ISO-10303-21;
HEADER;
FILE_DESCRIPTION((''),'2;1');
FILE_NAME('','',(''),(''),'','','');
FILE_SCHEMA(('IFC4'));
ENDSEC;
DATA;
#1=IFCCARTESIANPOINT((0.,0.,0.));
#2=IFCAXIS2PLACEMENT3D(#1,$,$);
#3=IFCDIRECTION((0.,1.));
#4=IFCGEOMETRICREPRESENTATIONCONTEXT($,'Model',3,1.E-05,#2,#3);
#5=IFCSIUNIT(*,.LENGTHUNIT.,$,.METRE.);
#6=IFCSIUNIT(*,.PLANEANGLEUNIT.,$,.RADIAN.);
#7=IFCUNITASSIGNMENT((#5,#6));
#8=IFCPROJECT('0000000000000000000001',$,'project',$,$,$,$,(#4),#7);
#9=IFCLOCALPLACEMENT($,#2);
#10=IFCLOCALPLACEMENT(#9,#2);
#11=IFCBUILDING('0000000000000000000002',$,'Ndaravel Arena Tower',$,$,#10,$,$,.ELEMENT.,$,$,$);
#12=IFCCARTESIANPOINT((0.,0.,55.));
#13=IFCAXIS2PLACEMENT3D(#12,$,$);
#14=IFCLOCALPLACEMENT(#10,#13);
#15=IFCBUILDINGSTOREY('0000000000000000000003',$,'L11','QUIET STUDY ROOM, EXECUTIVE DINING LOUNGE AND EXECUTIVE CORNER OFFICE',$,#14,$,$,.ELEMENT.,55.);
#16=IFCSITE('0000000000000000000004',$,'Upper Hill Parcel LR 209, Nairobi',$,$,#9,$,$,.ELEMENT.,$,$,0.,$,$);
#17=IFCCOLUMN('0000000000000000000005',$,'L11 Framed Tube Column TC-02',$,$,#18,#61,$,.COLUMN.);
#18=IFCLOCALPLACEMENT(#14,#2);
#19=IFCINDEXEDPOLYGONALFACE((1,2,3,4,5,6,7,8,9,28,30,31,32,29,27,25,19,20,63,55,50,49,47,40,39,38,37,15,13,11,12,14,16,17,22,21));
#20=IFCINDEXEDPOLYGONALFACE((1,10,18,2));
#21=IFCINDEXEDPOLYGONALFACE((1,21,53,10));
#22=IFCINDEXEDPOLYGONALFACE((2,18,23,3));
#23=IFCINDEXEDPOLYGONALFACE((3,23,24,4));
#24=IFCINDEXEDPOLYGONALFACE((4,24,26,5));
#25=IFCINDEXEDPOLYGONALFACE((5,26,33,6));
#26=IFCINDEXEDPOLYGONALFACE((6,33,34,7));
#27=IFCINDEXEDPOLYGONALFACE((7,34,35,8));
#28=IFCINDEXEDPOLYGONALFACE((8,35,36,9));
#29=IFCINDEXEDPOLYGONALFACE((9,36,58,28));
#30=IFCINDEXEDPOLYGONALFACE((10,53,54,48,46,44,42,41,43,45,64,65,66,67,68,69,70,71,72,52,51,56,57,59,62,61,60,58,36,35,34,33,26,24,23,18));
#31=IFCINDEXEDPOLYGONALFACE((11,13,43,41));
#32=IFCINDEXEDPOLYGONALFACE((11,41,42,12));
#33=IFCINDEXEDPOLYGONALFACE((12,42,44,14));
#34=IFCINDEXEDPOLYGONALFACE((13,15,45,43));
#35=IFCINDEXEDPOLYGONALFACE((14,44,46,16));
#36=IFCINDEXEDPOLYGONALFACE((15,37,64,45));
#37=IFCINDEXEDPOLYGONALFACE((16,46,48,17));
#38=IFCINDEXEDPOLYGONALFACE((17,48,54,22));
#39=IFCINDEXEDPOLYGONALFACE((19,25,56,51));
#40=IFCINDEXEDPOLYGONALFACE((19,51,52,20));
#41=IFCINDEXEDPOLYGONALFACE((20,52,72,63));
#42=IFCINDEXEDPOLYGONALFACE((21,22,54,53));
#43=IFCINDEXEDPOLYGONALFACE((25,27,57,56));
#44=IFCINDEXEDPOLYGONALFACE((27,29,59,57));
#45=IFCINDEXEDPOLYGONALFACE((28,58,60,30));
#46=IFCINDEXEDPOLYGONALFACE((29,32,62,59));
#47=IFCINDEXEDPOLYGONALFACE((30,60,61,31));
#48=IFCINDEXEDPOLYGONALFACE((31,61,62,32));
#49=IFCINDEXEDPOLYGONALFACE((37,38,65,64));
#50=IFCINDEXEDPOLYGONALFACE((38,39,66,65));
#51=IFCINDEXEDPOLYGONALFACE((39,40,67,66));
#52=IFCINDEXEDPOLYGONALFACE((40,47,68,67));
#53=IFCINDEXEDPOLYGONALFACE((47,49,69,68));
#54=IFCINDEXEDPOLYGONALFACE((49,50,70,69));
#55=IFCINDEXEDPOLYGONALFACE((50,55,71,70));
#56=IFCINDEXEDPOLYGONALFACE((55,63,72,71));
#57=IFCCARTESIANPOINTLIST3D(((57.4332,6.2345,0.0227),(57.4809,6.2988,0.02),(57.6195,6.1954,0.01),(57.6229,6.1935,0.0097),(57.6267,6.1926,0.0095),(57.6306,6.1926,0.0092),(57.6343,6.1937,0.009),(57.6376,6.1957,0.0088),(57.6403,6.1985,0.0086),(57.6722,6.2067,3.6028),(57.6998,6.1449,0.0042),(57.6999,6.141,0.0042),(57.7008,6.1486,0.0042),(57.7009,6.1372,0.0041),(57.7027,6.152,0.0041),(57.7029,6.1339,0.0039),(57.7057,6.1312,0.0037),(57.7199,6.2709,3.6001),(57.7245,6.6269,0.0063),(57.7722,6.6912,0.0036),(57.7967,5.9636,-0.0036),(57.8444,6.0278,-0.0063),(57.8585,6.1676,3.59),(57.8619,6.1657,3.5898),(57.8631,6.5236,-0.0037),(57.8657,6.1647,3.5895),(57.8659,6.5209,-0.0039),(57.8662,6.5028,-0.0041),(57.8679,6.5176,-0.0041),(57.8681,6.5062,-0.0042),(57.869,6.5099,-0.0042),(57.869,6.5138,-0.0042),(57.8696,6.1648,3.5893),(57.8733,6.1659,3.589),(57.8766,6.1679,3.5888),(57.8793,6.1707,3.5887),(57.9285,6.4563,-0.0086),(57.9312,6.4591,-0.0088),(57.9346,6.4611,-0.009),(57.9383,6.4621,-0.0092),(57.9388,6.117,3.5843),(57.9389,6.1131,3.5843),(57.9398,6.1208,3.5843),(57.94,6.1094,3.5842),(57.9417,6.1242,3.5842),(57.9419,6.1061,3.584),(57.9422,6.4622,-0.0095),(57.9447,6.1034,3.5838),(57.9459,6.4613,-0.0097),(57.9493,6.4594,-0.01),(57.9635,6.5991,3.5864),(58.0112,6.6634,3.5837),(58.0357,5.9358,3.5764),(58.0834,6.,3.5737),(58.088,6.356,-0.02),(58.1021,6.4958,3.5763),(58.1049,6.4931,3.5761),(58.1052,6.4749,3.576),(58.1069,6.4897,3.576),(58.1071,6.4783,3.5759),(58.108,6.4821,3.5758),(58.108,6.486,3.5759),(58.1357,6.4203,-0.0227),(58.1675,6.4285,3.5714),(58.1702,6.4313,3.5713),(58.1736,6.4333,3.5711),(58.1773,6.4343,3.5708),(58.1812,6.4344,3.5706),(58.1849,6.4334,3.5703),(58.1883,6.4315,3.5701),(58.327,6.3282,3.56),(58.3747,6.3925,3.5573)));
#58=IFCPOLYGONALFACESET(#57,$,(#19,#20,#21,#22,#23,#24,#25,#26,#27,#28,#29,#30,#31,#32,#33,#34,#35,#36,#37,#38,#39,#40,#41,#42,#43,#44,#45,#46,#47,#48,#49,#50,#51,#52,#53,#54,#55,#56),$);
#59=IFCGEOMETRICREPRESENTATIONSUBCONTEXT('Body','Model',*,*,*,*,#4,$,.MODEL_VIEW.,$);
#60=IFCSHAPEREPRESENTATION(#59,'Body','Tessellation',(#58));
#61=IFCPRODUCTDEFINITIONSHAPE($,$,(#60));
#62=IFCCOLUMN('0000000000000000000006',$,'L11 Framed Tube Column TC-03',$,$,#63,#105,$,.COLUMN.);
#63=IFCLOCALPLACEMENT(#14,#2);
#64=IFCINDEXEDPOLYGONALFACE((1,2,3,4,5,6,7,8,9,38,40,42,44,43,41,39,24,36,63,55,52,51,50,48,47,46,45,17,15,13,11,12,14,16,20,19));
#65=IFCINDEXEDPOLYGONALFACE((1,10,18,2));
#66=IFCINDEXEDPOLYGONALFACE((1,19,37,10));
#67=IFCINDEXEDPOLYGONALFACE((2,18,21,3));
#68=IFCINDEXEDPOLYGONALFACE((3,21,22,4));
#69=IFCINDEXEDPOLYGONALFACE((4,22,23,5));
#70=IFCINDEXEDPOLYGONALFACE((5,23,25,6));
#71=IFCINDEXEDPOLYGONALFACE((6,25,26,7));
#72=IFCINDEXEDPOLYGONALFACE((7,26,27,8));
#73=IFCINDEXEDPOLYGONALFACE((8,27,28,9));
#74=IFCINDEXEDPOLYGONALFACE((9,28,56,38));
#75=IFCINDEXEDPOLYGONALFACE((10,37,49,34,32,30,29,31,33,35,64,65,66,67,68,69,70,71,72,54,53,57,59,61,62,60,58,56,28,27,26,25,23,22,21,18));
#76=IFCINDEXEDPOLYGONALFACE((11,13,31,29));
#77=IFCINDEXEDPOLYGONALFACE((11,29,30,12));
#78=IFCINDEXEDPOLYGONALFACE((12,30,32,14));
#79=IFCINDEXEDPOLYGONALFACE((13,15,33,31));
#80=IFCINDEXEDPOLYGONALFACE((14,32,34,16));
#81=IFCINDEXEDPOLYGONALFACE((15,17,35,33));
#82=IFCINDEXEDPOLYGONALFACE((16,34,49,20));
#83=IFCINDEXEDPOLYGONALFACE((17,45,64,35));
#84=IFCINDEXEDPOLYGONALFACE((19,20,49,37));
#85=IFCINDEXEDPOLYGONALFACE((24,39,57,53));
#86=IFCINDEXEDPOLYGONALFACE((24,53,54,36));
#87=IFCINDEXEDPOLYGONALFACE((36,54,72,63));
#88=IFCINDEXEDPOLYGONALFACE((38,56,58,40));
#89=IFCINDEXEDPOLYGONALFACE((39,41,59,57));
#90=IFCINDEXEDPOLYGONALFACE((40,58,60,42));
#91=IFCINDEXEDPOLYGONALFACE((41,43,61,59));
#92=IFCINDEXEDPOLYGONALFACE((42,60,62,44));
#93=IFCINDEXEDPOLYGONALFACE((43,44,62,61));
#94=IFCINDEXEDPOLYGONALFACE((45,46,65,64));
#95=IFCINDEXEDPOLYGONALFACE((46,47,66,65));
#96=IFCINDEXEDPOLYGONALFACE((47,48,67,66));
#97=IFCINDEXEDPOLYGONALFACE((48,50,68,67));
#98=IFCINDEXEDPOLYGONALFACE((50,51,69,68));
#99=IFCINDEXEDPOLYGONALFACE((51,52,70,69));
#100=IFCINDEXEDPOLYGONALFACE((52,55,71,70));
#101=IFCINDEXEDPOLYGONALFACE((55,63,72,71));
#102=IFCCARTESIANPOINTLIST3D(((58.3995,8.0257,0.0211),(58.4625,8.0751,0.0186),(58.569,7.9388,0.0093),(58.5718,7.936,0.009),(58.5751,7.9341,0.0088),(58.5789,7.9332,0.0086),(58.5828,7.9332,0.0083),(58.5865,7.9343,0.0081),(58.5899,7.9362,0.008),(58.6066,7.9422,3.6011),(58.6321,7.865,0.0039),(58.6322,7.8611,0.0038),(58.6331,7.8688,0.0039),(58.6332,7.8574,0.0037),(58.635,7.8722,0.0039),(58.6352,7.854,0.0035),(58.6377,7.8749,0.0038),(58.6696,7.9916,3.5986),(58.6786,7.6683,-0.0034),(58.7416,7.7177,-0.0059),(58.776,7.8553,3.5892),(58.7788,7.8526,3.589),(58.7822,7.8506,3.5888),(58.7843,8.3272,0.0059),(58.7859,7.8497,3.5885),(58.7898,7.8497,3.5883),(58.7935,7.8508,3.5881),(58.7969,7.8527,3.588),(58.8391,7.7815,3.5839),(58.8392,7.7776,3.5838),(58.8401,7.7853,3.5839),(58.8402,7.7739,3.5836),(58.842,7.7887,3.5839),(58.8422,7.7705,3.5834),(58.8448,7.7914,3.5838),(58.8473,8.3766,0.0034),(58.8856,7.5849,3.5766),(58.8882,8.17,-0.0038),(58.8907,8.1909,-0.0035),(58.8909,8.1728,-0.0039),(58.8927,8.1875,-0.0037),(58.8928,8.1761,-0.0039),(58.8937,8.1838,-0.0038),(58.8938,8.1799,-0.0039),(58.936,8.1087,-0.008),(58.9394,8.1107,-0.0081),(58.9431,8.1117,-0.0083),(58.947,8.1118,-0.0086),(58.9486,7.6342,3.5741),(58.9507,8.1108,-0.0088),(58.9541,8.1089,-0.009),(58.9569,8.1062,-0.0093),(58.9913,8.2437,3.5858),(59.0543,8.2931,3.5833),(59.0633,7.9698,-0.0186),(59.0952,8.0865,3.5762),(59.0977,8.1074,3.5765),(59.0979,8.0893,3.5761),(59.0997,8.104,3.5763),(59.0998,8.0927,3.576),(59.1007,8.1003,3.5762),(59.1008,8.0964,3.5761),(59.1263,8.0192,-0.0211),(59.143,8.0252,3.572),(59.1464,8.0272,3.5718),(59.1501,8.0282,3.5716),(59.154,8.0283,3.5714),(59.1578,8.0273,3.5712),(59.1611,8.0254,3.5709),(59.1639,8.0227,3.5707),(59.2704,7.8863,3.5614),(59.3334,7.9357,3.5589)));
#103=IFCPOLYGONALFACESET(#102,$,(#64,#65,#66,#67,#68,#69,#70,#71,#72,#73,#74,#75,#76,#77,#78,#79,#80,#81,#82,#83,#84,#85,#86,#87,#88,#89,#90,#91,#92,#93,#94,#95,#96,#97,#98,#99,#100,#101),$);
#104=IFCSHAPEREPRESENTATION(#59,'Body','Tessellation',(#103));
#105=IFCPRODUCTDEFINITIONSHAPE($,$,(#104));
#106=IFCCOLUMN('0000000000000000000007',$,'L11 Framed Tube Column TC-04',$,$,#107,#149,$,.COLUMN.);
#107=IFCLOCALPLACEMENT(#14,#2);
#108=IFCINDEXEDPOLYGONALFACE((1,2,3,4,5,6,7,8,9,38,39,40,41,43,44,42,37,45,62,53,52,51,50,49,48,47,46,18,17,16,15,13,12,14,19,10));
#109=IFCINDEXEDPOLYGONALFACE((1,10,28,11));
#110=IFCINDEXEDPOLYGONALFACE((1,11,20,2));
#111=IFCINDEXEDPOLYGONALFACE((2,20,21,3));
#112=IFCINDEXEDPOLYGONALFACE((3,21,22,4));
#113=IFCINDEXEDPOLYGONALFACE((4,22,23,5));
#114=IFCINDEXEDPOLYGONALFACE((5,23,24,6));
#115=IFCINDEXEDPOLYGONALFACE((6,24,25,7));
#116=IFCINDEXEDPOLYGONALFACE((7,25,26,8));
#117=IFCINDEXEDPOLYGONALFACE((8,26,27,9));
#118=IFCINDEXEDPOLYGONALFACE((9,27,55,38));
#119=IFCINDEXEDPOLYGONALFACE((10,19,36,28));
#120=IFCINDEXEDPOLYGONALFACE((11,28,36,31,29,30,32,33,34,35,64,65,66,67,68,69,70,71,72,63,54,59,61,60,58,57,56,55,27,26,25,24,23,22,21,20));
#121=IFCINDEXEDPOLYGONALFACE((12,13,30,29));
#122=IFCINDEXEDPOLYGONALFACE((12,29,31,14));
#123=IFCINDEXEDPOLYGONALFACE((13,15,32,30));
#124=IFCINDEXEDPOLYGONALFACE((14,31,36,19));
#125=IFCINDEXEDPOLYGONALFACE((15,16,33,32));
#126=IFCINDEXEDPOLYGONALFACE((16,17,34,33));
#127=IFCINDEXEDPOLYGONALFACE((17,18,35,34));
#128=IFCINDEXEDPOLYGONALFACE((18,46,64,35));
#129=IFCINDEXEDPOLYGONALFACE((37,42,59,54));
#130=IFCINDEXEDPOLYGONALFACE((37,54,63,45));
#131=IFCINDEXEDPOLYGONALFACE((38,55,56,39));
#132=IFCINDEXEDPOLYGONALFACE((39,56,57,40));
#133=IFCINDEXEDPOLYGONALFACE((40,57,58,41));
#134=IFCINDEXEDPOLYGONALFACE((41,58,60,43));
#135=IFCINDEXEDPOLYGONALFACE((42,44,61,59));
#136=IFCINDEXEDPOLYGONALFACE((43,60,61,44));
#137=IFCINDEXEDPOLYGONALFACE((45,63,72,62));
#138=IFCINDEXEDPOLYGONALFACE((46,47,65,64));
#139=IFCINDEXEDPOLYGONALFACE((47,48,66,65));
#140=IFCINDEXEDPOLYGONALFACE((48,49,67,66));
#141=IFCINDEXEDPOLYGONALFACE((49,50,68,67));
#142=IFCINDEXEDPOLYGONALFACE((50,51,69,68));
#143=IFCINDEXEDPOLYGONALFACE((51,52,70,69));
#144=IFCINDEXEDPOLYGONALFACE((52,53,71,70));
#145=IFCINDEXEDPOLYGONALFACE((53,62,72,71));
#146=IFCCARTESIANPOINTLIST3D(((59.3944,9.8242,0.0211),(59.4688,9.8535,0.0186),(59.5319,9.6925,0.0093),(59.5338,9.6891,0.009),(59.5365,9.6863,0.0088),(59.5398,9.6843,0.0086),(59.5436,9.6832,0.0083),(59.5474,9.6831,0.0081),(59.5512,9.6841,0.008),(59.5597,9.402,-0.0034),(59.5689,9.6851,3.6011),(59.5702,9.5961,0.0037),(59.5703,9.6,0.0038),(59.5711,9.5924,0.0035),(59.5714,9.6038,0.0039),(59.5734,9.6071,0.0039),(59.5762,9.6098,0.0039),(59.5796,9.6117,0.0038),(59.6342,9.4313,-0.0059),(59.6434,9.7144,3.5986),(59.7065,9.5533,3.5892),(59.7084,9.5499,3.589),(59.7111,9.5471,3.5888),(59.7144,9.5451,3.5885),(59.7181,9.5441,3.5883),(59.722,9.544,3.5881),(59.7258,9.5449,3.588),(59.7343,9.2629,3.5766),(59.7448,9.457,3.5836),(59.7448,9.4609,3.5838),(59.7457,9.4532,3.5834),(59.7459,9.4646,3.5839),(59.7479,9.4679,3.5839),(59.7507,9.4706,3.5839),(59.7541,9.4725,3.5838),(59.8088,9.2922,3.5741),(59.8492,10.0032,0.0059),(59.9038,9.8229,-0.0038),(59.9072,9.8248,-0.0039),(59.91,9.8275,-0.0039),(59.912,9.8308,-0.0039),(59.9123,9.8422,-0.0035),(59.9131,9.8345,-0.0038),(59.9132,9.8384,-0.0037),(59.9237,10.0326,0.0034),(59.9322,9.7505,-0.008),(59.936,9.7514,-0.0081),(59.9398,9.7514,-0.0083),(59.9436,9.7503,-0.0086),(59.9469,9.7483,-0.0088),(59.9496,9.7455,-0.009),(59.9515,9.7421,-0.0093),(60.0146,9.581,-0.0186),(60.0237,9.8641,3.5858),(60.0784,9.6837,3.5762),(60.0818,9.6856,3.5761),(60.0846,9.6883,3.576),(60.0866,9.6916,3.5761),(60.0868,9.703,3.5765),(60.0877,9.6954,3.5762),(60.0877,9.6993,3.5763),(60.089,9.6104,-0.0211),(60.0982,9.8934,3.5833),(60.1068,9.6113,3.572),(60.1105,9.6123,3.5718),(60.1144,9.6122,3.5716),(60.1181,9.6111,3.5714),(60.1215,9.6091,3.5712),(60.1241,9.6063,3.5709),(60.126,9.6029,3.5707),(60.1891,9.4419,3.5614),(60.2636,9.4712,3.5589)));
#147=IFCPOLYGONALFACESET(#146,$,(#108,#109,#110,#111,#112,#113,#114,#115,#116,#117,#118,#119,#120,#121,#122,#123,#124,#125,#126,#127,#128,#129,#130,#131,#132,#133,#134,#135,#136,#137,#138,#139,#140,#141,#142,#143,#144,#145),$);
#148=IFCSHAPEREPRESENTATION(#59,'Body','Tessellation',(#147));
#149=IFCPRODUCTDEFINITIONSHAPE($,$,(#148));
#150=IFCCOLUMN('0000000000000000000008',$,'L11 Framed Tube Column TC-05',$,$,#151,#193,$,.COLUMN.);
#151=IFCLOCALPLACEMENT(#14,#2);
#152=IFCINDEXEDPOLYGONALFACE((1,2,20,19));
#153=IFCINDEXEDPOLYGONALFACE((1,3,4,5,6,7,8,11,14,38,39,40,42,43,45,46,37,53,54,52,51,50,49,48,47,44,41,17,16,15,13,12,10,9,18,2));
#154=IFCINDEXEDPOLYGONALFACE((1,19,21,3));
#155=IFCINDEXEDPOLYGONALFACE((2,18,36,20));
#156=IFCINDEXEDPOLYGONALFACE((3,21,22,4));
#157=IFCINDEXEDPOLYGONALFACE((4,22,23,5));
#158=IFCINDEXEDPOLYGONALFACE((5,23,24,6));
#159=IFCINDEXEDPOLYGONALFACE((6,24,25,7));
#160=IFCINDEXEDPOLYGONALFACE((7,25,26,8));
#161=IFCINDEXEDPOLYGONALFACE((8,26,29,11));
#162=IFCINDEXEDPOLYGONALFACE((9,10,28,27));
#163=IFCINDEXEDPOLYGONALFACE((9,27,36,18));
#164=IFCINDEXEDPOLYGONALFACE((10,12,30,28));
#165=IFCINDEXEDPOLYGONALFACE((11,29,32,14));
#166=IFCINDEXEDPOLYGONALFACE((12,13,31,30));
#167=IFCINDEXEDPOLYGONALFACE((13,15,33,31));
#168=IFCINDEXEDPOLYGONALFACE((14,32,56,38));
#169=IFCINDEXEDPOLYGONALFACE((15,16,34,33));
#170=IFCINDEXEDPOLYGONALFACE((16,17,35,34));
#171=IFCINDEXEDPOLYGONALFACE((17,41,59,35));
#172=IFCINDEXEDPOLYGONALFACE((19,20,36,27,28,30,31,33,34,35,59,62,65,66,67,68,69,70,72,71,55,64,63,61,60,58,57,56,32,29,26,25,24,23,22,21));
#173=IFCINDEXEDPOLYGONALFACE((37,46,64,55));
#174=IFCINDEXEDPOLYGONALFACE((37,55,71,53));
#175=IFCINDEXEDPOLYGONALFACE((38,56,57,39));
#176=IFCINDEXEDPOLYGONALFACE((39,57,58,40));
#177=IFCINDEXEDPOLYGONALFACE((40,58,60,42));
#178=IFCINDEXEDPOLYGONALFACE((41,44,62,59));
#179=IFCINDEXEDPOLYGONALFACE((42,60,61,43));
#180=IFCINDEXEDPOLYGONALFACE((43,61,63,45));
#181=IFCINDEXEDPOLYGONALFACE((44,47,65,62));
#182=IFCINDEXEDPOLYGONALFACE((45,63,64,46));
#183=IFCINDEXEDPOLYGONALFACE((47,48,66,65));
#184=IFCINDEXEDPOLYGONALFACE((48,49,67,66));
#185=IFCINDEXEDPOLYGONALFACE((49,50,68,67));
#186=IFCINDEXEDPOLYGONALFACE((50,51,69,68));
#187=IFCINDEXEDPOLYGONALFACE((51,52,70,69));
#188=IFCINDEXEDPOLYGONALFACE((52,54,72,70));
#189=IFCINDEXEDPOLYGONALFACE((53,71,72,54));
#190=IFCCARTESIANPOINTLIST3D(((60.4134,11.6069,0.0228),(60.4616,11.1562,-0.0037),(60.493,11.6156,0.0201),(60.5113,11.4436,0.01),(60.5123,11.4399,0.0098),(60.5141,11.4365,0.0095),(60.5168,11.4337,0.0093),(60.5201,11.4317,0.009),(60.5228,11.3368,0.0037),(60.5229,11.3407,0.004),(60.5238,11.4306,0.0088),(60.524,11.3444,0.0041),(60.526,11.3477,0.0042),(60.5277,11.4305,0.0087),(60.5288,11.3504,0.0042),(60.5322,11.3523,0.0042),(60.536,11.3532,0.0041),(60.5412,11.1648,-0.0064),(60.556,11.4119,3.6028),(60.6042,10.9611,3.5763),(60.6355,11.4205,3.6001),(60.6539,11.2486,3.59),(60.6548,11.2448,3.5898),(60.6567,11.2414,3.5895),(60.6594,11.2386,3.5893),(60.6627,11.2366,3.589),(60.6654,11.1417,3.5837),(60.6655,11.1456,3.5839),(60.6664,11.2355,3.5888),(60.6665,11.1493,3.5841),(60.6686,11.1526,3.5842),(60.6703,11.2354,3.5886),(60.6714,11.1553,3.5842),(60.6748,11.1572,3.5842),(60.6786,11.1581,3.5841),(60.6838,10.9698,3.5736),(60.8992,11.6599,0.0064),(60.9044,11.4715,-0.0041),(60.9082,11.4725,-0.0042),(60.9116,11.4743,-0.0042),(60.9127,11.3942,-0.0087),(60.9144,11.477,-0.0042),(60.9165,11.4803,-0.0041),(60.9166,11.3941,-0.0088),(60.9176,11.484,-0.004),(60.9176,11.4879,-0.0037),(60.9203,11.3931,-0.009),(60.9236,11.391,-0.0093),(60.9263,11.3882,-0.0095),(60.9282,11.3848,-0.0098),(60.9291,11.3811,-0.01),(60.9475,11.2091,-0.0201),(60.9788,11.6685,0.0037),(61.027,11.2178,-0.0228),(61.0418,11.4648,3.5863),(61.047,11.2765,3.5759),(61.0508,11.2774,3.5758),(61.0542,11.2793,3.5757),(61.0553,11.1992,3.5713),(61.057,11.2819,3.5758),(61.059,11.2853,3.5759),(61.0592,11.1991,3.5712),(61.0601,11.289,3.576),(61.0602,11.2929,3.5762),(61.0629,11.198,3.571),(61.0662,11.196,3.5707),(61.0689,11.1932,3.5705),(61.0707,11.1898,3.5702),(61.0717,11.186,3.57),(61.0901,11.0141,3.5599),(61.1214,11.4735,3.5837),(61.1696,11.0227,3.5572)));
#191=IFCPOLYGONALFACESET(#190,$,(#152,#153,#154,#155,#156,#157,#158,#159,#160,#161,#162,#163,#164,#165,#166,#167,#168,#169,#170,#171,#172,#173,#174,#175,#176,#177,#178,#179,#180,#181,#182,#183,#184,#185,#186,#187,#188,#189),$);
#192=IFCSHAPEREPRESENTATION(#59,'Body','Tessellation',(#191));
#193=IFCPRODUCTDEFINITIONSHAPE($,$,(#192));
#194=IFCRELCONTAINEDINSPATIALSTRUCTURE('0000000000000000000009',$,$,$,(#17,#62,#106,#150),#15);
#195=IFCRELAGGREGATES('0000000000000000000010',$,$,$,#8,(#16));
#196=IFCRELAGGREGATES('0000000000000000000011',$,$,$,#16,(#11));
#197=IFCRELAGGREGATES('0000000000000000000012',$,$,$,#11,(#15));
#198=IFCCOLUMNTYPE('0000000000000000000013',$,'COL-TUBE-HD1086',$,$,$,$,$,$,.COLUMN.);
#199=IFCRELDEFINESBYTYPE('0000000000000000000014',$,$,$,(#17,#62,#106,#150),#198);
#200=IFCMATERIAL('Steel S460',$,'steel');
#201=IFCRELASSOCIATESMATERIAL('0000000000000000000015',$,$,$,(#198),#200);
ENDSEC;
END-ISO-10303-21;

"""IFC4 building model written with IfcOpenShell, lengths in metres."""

from ifc_helpers import new_model, si_unit, direction, frame, origin, origin_2d, place, context, subcontext, project, spatial, i_section, extrude, material, material_profile, profile_set, type_object, element, save


model = new_model("IFC4")

# Units and contexts
model_context = context("Model", 3, precision=1e-05, world=origin(), true_north=direction((0.0, 1.0)))
body_context = subcontext(model_context, "Body", "Model", "MODEL_VIEW")
ifc_project = project(units=[si_unit("LENGTHUNIT", "METRE"), si_unit("PLANEANGLEUNIT", "RADIAN")], contexts=[model_context])

# Site, building, storey
site_placement = place(None, origin())
site = spatial("IfcSite", under=ifc_project, at=site_placement, Name="Upper Hill Parcel LR 209, Nairobi", CompositionType="ELEMENT", RefElevation=0.0)
building_placement = place(site_placement, origin())
building = spatial("IfcBuilding", under=site, at=building_placement, Name="Ndaravel Arena Tower", CompositionType="ELEMENT")
storey_placement = place(building_placement, frame((0.0, 0.0, 55.0)))
storey = spatial("IfcBuildingStorey", under=building, at=storey_placement, Name="L11", Description="QUIET STUDY ROOM, EXECUTIVE DINING LOUNGE AND EXECUTIVE CORNER OFFICE", CompositionType="ELEMENT", Elevation=55.0)

# Columns
ifc_material_1 = material(Name="Steel S460", Category="steel")
ifc_material_profile_1 = material_profile(ifc_material_1, i_section(OverallWidth=0.4541, OverallDepth=0.5691, WebThickness=0.0779, FlangeThickness=0.0801, FilletRadius=0.0149, at=origin_2d()), Name="HD 400x1086")
ifc_profile_set_1 = profile_set([ifc_material_profile_1], Name="Steel S460")
column_type = type_object("IfcColumnType", Name="COL-TUBE-HD1086", PredefinedType="COLUMN", material=ifc_profile_set_1)
column_1_placement = place(storey_placement, frame((57.7844, 6.3274, 0.0), z_axis=(0.066612, -0.007757, 0.997749), x_axis=(-0.800445, 0.596587, 0.058077)))
element("IfcColumn", 1, at=column_1_placement, inside=storey, type_object=column_type, Name="L11 Framed Tube Column TC-02", PredefinedType="COLUMN", context=body_context, shape_type="SweptSolid", body=[
    extrude(i_section(OverallWidth=0.4541, OverallDepth=0.5691, WebThickness=0.0779, FlangeThickness=0.0801, FilletRadius=0.0149, at=origin_2d()), origin(), (0.0, 0.0, 1.0), 3.5881),
])
for number, where, z_axis, x_axis, name in (
    (2, (58.7629, 8.0225, 0.0), (0.057717, -0.023277, 0.998062), (-0.614595, 0.786999, 0.053896), "L11 Framed Tube Column TC-03"),
    (3, (59.7417, 9.7173, 0.0), (0.048664, -0.038795, 0.998061), (-0.364182, 0.929767, 0.053898), "L11 Framed Tube Column TC-04"),
):
    element("IfcColumn", number, at=place(storey_placement, frame(where, z_axis=z_axis, x_axis=x_axis)), inside=storey, type_object=column_type, Name=name, PredefinedType="COLUMN", context=body_context, shape_type="SweptSolid", body=[
        extrude(i_section(OverallWidth=0.4541, OverallDepth=0.5691, WebThickness=0.0779, FlangeThickness=0.0801, FilletRadius=0.0149, at=origin_2d()), origin(), (0.0, 0.0, 1.0), 3.5869),
    ])
column_2_placement = place(storey_placement, frame((60.7202, 11.4124, 0.0), z_axis=(0.039735, -0.054364, 0.99773), x_axis=(-0.106207, 0.992632, 0.058316)))
element("IfcColumn", 4, at=column_2_placement, inside=storey, type_object=column_type, Name="L11 Framed Tube Column TC-05", PredefinedType="COLUMN", context=body_context, shape_type="SweptSolid", body=[
    extrude(i_section(OverallWidth=0.4541, OverallDepth=0.5691, WebThickness=0.0779, FlangeThickness=0.0801, FilletRadius=0.0149, at=origin_2d()), origin(), (0.0, 0.0, 1.0), 3.5881),
])

save(model, "model.ifc")
